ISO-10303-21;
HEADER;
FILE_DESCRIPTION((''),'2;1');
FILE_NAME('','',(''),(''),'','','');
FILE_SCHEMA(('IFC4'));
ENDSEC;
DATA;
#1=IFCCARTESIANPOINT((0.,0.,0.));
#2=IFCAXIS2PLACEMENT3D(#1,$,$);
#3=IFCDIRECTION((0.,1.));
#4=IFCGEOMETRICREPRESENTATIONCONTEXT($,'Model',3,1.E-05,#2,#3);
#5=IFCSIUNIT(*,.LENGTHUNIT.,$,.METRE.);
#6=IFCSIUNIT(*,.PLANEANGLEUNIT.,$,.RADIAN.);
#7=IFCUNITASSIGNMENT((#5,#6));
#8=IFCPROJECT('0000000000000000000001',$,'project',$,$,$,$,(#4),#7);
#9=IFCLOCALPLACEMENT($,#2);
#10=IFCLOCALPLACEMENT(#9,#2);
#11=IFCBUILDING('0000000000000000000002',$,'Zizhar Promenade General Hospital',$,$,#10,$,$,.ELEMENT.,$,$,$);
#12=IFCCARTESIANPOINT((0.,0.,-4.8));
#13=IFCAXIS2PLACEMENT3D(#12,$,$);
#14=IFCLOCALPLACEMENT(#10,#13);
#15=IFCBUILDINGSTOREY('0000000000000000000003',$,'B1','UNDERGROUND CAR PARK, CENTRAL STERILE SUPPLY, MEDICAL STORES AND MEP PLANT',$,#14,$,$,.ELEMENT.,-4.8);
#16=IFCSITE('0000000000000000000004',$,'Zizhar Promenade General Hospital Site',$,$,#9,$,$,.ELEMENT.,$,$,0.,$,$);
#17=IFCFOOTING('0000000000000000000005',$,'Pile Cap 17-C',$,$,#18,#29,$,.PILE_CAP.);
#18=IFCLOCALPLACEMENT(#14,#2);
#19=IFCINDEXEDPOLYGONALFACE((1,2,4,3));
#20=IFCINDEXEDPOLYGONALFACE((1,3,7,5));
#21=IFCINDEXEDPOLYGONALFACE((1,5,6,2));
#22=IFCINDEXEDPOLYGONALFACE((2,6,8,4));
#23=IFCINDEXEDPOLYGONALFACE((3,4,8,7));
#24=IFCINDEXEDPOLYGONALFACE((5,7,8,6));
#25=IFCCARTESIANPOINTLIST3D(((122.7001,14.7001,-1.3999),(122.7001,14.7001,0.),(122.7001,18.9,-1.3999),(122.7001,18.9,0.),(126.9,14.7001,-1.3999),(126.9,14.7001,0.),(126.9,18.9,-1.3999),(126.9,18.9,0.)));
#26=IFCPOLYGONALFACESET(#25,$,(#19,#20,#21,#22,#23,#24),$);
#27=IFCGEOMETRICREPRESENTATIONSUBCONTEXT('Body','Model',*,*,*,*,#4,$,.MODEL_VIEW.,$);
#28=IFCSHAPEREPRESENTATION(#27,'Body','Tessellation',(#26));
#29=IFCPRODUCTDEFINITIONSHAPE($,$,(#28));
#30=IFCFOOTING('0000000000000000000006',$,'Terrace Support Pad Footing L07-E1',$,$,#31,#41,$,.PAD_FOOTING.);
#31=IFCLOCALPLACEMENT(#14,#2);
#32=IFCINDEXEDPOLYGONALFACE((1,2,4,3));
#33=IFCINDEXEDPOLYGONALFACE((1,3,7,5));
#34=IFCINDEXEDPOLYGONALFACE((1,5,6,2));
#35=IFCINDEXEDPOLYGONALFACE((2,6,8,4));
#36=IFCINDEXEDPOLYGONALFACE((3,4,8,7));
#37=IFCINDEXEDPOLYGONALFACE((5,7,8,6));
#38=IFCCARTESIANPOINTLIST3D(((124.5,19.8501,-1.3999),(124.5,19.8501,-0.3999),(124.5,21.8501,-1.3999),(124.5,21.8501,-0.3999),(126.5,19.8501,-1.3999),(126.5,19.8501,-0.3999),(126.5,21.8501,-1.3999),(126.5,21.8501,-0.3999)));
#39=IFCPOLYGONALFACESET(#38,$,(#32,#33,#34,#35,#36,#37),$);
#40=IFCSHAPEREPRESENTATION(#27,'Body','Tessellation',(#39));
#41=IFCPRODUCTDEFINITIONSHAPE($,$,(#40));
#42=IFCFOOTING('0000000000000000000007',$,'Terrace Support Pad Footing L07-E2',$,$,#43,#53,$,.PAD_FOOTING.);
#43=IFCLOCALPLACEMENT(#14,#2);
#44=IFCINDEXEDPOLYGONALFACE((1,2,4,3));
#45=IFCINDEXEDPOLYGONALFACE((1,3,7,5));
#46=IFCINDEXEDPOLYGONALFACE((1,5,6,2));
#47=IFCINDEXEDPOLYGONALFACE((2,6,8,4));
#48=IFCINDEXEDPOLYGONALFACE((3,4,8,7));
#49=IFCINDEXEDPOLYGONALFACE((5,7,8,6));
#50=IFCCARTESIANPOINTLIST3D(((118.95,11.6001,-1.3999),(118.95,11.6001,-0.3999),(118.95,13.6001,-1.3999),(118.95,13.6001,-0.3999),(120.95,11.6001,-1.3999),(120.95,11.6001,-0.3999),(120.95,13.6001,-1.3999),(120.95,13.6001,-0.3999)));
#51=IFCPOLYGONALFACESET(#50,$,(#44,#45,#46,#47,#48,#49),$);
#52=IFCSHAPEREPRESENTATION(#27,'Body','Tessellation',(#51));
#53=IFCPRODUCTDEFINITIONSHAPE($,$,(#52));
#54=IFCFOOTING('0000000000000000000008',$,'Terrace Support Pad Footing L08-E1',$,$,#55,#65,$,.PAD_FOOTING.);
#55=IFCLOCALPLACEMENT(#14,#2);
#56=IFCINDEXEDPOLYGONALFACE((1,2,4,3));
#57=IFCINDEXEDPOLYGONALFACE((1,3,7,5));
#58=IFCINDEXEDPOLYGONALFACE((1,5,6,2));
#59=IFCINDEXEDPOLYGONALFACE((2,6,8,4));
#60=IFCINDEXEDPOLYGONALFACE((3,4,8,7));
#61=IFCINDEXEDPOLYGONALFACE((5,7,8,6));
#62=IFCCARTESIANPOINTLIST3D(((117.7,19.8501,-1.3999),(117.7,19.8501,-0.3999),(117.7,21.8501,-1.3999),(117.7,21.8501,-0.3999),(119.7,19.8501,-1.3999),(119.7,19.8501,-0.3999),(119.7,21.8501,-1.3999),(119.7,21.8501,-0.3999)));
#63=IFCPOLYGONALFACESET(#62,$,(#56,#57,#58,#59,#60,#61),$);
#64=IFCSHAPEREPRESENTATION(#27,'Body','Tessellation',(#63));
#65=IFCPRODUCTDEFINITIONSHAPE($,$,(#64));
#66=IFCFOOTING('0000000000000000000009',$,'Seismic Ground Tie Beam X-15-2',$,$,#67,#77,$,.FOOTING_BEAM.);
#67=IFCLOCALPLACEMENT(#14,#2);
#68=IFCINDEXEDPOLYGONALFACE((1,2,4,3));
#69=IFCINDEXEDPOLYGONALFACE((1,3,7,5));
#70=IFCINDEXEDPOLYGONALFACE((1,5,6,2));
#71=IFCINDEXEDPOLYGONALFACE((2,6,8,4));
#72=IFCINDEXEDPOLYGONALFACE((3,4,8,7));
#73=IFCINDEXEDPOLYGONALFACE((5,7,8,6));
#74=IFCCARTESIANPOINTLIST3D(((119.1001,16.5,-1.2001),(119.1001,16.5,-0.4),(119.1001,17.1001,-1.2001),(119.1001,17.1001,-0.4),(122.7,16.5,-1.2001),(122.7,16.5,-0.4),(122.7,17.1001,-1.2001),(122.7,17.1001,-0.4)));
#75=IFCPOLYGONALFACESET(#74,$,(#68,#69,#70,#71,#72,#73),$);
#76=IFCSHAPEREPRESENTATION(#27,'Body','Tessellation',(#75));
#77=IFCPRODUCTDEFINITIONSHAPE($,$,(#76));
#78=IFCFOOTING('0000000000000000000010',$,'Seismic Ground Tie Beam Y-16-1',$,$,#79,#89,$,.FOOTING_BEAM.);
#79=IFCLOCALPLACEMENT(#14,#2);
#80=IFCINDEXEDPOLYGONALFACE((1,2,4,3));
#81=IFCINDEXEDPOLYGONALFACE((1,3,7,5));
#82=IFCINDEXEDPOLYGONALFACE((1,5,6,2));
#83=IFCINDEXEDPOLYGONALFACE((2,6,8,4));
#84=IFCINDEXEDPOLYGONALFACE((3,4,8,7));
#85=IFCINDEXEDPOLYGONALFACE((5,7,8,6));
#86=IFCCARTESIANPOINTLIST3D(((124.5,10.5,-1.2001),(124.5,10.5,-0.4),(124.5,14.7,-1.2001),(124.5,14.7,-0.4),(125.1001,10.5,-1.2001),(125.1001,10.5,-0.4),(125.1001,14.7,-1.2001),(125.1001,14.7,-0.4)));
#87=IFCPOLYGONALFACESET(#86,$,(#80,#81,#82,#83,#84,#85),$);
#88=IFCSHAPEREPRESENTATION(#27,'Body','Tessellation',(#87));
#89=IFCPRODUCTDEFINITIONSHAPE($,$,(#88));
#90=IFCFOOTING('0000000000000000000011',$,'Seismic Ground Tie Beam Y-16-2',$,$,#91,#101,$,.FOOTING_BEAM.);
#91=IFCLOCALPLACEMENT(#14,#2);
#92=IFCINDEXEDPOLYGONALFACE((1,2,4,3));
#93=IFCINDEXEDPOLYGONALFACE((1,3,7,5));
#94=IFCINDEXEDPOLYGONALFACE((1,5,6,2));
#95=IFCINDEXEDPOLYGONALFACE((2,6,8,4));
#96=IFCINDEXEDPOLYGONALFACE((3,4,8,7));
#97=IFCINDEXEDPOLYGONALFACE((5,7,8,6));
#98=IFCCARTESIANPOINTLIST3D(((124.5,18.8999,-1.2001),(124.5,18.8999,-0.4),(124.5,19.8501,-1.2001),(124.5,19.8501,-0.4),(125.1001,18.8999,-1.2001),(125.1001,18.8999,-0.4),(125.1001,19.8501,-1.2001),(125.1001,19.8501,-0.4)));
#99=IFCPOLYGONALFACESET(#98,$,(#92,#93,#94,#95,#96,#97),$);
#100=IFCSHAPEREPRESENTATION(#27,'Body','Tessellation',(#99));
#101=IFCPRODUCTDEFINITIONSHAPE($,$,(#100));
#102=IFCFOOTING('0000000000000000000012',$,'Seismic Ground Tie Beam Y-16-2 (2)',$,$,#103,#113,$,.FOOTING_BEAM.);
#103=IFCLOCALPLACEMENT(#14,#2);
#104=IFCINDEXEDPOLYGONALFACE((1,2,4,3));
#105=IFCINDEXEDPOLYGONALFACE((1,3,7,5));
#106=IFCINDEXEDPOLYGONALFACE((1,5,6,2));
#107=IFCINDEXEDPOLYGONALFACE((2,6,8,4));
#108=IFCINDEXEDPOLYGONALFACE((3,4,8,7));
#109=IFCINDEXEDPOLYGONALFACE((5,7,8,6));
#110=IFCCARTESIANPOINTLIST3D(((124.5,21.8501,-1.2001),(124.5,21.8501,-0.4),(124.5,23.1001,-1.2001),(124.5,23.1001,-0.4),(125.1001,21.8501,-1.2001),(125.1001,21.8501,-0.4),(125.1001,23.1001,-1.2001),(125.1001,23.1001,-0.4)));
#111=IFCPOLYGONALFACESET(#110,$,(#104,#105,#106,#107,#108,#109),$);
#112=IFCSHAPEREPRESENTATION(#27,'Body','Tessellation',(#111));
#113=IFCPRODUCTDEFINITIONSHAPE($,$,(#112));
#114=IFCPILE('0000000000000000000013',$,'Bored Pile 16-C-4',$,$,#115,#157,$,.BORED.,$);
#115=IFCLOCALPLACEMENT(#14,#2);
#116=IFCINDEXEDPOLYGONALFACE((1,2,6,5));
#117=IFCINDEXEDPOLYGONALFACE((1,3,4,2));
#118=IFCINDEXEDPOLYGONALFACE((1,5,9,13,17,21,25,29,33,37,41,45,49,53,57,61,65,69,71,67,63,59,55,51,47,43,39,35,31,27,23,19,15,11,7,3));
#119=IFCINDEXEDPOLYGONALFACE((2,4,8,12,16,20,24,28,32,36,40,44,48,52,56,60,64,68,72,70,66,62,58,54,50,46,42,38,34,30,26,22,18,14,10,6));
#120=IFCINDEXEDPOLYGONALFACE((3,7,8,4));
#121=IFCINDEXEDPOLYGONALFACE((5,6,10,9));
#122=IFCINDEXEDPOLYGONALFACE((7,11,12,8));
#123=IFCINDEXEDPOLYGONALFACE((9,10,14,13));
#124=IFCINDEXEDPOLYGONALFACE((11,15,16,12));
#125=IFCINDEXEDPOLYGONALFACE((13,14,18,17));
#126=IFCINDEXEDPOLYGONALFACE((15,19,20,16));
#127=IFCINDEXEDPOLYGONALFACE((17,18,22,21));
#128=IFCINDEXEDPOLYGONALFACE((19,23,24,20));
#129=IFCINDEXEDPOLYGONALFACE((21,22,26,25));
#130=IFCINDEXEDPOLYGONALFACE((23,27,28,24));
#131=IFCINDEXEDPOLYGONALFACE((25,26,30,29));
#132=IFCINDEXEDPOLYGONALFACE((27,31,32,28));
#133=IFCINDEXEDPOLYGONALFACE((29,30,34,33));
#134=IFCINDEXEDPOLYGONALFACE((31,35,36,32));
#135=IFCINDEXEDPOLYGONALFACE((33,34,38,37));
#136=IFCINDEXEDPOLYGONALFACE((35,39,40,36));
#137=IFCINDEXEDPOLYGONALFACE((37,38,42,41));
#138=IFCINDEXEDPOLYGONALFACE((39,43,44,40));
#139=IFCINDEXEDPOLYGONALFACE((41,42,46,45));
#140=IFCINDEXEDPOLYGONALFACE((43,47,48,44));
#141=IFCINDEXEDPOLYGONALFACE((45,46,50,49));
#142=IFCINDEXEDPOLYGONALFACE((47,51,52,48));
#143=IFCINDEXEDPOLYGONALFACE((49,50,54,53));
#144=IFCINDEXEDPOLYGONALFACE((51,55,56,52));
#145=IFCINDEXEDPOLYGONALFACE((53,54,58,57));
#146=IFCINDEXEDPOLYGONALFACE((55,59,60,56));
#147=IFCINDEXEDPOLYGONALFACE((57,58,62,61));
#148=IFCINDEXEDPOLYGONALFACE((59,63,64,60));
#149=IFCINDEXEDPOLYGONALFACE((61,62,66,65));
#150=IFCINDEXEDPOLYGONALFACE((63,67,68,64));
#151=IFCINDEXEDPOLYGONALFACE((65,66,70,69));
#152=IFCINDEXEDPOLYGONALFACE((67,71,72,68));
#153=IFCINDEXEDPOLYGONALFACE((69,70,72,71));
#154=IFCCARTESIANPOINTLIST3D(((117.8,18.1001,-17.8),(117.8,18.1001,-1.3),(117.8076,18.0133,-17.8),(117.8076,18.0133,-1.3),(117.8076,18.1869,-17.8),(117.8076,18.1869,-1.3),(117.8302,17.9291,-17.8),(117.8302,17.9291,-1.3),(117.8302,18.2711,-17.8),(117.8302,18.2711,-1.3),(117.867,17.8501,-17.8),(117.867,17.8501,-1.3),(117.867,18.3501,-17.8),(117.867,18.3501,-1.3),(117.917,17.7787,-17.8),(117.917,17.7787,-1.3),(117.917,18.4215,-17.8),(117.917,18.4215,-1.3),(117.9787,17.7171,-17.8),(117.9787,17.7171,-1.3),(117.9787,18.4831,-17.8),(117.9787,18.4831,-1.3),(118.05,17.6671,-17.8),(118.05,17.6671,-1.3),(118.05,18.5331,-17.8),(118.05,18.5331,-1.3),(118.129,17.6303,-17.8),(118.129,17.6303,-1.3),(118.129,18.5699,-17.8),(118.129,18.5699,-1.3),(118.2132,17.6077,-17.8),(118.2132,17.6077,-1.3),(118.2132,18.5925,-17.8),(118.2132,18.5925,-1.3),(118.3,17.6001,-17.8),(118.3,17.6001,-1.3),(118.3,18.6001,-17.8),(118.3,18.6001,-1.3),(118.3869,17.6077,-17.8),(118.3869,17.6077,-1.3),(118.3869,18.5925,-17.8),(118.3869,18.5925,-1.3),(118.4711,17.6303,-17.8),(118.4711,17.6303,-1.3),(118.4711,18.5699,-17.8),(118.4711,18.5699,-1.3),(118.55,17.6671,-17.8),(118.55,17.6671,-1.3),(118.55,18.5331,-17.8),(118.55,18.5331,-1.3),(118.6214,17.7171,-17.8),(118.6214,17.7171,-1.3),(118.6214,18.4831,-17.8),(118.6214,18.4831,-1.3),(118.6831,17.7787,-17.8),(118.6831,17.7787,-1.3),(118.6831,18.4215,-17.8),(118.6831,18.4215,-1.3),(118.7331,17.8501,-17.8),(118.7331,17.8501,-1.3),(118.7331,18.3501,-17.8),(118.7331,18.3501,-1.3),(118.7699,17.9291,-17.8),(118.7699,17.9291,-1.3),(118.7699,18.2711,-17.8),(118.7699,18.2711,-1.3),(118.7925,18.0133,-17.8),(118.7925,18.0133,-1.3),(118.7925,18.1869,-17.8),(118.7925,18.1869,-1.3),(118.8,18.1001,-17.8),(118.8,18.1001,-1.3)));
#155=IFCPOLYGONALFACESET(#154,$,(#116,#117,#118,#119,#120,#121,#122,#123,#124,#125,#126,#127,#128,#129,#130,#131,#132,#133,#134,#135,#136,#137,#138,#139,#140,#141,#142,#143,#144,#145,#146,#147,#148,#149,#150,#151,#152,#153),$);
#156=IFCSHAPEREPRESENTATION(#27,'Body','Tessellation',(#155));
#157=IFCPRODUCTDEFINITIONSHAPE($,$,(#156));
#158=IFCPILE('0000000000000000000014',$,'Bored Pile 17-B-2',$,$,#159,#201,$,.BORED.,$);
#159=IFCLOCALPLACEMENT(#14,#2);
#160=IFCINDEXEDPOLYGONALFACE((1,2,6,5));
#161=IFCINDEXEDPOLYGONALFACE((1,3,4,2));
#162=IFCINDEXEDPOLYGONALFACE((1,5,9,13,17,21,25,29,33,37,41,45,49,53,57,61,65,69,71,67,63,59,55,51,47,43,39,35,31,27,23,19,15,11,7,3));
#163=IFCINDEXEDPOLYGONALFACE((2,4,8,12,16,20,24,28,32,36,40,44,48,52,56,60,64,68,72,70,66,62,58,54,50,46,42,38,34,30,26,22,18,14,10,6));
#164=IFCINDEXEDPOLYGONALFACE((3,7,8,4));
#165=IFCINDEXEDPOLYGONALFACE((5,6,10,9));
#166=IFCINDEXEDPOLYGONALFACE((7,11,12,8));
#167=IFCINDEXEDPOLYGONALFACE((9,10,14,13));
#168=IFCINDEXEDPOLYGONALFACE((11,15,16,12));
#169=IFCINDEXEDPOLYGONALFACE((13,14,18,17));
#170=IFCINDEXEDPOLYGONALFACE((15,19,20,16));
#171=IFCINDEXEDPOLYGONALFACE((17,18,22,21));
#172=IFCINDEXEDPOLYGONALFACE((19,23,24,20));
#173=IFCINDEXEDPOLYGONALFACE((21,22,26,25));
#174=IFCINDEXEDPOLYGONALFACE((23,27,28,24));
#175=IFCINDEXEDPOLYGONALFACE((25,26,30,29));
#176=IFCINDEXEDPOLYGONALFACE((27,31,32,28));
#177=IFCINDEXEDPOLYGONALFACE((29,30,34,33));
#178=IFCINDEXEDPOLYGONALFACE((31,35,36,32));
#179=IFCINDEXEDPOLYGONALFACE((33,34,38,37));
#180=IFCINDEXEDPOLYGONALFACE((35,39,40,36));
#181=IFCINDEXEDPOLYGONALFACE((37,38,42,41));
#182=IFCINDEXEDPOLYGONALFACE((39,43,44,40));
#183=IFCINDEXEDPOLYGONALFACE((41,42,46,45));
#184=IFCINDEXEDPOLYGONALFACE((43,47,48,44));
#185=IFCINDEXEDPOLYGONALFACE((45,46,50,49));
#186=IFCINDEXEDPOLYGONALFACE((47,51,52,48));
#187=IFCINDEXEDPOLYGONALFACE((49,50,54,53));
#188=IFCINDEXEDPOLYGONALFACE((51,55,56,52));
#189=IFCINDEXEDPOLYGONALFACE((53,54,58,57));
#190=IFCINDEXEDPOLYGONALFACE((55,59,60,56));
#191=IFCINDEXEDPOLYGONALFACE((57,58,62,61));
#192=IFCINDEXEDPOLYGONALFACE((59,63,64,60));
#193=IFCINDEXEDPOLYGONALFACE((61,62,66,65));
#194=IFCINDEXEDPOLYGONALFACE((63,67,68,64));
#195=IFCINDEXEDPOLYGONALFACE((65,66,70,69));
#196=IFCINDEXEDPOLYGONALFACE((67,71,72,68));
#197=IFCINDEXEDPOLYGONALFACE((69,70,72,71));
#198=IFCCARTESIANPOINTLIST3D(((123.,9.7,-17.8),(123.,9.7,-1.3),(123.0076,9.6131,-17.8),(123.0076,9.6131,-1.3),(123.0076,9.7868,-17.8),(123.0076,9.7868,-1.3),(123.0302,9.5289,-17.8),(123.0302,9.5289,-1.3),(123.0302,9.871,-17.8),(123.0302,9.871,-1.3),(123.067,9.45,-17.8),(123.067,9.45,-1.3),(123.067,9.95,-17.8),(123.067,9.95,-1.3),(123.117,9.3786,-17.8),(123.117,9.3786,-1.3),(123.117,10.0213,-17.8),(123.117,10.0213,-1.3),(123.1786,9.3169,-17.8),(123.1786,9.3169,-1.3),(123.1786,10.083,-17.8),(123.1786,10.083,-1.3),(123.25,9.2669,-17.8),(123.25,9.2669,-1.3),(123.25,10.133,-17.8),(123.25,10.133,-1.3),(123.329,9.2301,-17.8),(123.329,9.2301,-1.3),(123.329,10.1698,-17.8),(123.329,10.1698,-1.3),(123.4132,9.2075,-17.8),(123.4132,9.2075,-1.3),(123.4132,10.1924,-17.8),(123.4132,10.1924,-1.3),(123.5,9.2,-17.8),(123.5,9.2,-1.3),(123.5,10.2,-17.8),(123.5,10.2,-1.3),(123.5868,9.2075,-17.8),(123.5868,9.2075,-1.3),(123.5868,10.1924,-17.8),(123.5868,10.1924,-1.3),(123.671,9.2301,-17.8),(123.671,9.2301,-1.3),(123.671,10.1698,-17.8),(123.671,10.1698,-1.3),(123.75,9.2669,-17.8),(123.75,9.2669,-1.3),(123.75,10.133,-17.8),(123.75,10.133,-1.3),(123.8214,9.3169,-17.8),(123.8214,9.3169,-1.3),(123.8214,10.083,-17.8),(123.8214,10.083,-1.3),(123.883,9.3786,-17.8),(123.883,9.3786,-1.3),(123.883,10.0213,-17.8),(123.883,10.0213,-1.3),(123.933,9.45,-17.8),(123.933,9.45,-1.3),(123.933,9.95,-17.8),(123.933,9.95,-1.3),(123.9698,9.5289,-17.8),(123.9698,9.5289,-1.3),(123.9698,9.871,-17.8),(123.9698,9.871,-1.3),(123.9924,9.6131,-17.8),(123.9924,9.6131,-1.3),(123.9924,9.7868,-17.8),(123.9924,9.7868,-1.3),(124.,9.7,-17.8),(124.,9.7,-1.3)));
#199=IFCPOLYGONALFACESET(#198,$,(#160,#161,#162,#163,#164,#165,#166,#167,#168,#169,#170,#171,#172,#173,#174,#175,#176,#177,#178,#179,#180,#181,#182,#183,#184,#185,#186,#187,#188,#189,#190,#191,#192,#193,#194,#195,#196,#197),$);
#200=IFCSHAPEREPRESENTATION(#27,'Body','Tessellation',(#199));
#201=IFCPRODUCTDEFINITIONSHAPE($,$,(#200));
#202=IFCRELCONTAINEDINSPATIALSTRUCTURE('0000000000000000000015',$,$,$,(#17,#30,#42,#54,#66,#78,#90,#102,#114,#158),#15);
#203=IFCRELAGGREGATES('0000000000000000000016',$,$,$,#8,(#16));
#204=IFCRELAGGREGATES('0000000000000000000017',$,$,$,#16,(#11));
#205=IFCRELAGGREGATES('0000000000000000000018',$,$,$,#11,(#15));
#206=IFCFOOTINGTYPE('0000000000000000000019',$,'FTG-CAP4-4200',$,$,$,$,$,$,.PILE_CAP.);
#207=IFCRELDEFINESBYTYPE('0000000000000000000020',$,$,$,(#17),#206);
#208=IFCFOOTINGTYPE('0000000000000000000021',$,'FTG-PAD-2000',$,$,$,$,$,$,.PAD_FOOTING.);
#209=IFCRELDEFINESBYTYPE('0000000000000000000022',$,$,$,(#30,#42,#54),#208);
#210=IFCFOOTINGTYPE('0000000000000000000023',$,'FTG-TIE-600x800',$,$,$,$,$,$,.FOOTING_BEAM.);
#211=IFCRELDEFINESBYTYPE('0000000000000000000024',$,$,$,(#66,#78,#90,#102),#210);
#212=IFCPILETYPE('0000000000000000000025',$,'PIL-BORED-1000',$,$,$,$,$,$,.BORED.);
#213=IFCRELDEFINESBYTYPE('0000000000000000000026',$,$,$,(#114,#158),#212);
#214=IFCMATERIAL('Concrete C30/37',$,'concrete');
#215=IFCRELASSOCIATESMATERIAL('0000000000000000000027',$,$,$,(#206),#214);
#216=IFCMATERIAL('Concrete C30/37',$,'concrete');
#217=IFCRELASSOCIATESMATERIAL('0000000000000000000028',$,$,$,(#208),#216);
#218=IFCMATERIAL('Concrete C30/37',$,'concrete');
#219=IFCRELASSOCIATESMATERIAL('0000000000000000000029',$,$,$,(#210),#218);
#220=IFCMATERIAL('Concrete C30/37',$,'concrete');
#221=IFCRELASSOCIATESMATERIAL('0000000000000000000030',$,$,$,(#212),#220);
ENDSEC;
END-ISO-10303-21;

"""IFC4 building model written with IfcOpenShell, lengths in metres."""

from ifc_helpers import new_model, si_unit, direction, frame, origin, origin_2d, place, context, subcontext, project, spatial, rectangle, circle, extrude, material, material_profile, profile_set, type_object, element, save


model = new_model("IFC4")

# Units and contexts
model_context = context("Model", 3, precision=1e-05, world=origin(), true_north=direction((0.0, 1.0)))
body_context = subcontext(model_context, "Body", "Model", "MODEL_VIEW")
ifc_project = project(units=[si_unit("LENGTHUNIT", "METRE"), si_unit("PLANEANGLEUNIT", "RADIAN")], contexts=[model_context])

# Site, building, storey
site_placement = place(None, origin())
site = spatial("IfcSite", under=ifc_project, at=site_placement, Name="Zizhar Promenade General Hospital Site", CompositionType="ELEMENT", RefElevation=0.0)
building_placement = place(site_placement, origin())
building = spatial("IfcBuilding", under=site, at=building_placement, Name="Zizhar Promenade General Hospital", CompositionType="ELEMENT")
storey_placement = place(building_placement, frame((0.0, 0.0, -4.8)))
storey = spatial("IfcBuildingStorey", under=building, at=storey_placement, Name="B1", Description="UNDERGROUND CAR PARK, CENTRAL STERILE SUPPLY, MEDICAL STORES AND MEP PLANT", CompositionType="ELEMENT", Elevation=-4.8)

# Footings
ifc_material_1 = material(Name="Concrete C30/37", Category="concrete")
footing_type_1 = type_object("IfcFootingType", Name="FTG-CAP4-4200", PredefinedType="PILE_CAP", material=ifc_material_1)
footing_1_placement = place(storey_placement, frame((124.8, 16.8, -1.3999), z_axis=(0.0, 0.0, 1.0), x_axis=(1.0, 0.0, 0.0)))
element("IfcFooting", 1, at=footing_1_placement, inside=storey, type_object=footing_type_1, Name="Pile Cap 17-C", PredefinedType="PILE_CAP", context=body_context, shape_type="SweptSolid", body=[
    extrude(rectangle(XDim=4.2, YDim=4.2, at=origin_2d()), origin(), (0.0, 0.0, 1.0), 1.3999),
])
ifc_material_2 = material(Name="Concrete C30/37", Category="concrete")
footing_type_2 = type_object("IfcFootingType", Name="FTG-PAD-2000", PredefinedType="PAD_FOOTING", material=ifc_material_2)
for number, where, z_axis, x_axis, name in (
    (2, (125.5, 20.8501, -1.3999), (0.0, 0.0, 1.0), (1.0, 0.0, 0.0), "Terrace Support Pad Footing L07-E1"),
    (3, (119.95, 12.6001, -1.3999), (0.0, 0.0, 1.0), (1.0, 0.0, 0.0), "Terrace Support Pad Footing L07-E2"),
    (4, (118.7, 20.8501, -1.3999), (0.0, 0.0, 1.0), (1.0, 0.0, 0.0), "Terrace Support Pad Footing L08-E1"),
):
    element("IfcFooting", number, at=place(storey_placement, frame(where, z_axis=z_axis, x_axis=x_axis)), inside=storey, type_object=footing_type_2, Name=name, PredefinedType="PAD_FOOTING", context=body_context, shape_type="SweptSolid", body=[
        extrude(rectangle(XDim=2.0, YDim=2.0, at=origin_2d()), origin(), (0.0, 0.0, 1.0), 1.0),
    ])
ifc_material_3 = material(Name="Concrete C30/37", Category="concrete")
ifc_material_profile_1 = material_profile(ifc_material_3, rectangle(XDim=0.6001, YDim=0.8, at=origin_2d()))
ifc_profile_set_1 = profile_set([ifc_material_profile_1], Name="Concrete C30/37")
footing_type_3 = type_object("IfcFootingType", Name="FTG-TIE-600x800", PredefinedType="FOOTING_BEAM", material=ifc_profile_set_1)
footing_2_placement = place(storey_placement, frame((119.1001, 16.8, -0.8), z_axis=(1.0, 0.0, 0.0), x_axis=(0.0, 1.0, 0.0)))
element("IfcFooting", 5, at=footing_2_placement, inside=storey, type_object=footing_type_3, Name="Seismic Ground Tie Beam X-15-2", PredefinedType="FOOTING_BEAM", context=body_context, shape_type="SweptSolid", body=[
    extrude(rectangle(XDim=0.6001, YDim=0.8, at=origin_2d()), origin(), (0.0, 0.0, 1.0), 3.5999),
])
footing_3_placement = place(storey_placement, frame((124.8, 10.5, -0.8), z_axis=(0.0, 1.0, 0.0), x_axis=(-1.0, 0.0, 0.0)))
element("IfcFooting", 6, at=footing_3_placement, inside=storey, type_object=footing_type_3, Name="Seismic Ground Tie Beam Y-16-1", PredefinedType="FOOTING_BEAM", context=body_context, shape_type="SweptSolid", body=[
    extrude(rectangle(XDim=0.6001, YDim=0.8, at=origin_2d()), origin(), (0.0, 0.0, 1.0), 4.2),
])
footing_4_placement = place(storey_placement, frame((124.8, 18.8999, -0.8), z_axis=(0.0, 1.0, 0.0), x_axis=(-1.0, 0.0, 0.0)))
element("IfcFooting", 7, at=footing_4_placement, inside=storey, type_object=footing_type_3, Name="Seismic Ground Tie Beam Y-16-2", PredefinedType="FOOTING_BEAM", context=body_context, shape_type="SweptSolid", body=[
    extrude(rectangle(XDim=0.6001, YDim=0.8, at=origin_2d()), origin(), (0.0, 0.0, 1.0), 0.9502),
])
footing_5_placement = place(storey_placement, frame((124.8, 21.8501, -0.8), z_axis=(0.0, 1.0, 0.0), x_axis=(-1.0, 0.0, 0.0)))
element("IfcFooting", 8, at=footing_5_placement, inside=storey, type_object=footing_type_3, Name="Seismic Ground Tie Beam Y-16-2 (2)", PredefinedType="FOOTING_BEAM", context=body_context, shape_type="SweptSolid", body=[
    extrude(rectangle(XDim=0.6001, YDim=0.8, at=origin_2d()), origin(), (0.0, 0.0, 1.0), 1.25),
])

# Piles
ifc_material_4 = material(Name="Concrete C30/37", Category="concrete")
ifc_material_profile_2 = material_profile(ifc_material_4, circle(Radius=0.5, at=origin_2d()))
ifc_profile_set_2 = profile_set([ifc_material_profile_2], Name="Concrete C30/37")
pile_type = type_object("IfcPileType", Name="PIL-BORED-1000", PredefinedType="BORED", material=ifc_profile_set_2)
for number, where, z_axis, x_axis, name in (
    (9, (118.3, 18.1001, -1.3), (0.0, 0.0, -1.0), (1.0, 0.0, 0.0), "Bored Pile 16-C-4"),
    (10, (123.5, 9.7, -1.3), (0.0, 0.0, -1.0), (1.0, 0.0, 0.0), "Bored Pile 17-B-2"),
):
    element("IfcPile", number, at=place(storey_placement, frame(where, z_axis=z_axis, x_axis=x_axis)), inside=storey, type_object=pile_type, Name=name, PredefinedType="BORED", context=body_context, shape_type="SweptSolid", body=[
        extrude(circle(Radius=0.5, at=origin_2d()), origin(), (0.0, 0.0, 1.0), 16.5),
    ])

save(model, "model.ifc")
